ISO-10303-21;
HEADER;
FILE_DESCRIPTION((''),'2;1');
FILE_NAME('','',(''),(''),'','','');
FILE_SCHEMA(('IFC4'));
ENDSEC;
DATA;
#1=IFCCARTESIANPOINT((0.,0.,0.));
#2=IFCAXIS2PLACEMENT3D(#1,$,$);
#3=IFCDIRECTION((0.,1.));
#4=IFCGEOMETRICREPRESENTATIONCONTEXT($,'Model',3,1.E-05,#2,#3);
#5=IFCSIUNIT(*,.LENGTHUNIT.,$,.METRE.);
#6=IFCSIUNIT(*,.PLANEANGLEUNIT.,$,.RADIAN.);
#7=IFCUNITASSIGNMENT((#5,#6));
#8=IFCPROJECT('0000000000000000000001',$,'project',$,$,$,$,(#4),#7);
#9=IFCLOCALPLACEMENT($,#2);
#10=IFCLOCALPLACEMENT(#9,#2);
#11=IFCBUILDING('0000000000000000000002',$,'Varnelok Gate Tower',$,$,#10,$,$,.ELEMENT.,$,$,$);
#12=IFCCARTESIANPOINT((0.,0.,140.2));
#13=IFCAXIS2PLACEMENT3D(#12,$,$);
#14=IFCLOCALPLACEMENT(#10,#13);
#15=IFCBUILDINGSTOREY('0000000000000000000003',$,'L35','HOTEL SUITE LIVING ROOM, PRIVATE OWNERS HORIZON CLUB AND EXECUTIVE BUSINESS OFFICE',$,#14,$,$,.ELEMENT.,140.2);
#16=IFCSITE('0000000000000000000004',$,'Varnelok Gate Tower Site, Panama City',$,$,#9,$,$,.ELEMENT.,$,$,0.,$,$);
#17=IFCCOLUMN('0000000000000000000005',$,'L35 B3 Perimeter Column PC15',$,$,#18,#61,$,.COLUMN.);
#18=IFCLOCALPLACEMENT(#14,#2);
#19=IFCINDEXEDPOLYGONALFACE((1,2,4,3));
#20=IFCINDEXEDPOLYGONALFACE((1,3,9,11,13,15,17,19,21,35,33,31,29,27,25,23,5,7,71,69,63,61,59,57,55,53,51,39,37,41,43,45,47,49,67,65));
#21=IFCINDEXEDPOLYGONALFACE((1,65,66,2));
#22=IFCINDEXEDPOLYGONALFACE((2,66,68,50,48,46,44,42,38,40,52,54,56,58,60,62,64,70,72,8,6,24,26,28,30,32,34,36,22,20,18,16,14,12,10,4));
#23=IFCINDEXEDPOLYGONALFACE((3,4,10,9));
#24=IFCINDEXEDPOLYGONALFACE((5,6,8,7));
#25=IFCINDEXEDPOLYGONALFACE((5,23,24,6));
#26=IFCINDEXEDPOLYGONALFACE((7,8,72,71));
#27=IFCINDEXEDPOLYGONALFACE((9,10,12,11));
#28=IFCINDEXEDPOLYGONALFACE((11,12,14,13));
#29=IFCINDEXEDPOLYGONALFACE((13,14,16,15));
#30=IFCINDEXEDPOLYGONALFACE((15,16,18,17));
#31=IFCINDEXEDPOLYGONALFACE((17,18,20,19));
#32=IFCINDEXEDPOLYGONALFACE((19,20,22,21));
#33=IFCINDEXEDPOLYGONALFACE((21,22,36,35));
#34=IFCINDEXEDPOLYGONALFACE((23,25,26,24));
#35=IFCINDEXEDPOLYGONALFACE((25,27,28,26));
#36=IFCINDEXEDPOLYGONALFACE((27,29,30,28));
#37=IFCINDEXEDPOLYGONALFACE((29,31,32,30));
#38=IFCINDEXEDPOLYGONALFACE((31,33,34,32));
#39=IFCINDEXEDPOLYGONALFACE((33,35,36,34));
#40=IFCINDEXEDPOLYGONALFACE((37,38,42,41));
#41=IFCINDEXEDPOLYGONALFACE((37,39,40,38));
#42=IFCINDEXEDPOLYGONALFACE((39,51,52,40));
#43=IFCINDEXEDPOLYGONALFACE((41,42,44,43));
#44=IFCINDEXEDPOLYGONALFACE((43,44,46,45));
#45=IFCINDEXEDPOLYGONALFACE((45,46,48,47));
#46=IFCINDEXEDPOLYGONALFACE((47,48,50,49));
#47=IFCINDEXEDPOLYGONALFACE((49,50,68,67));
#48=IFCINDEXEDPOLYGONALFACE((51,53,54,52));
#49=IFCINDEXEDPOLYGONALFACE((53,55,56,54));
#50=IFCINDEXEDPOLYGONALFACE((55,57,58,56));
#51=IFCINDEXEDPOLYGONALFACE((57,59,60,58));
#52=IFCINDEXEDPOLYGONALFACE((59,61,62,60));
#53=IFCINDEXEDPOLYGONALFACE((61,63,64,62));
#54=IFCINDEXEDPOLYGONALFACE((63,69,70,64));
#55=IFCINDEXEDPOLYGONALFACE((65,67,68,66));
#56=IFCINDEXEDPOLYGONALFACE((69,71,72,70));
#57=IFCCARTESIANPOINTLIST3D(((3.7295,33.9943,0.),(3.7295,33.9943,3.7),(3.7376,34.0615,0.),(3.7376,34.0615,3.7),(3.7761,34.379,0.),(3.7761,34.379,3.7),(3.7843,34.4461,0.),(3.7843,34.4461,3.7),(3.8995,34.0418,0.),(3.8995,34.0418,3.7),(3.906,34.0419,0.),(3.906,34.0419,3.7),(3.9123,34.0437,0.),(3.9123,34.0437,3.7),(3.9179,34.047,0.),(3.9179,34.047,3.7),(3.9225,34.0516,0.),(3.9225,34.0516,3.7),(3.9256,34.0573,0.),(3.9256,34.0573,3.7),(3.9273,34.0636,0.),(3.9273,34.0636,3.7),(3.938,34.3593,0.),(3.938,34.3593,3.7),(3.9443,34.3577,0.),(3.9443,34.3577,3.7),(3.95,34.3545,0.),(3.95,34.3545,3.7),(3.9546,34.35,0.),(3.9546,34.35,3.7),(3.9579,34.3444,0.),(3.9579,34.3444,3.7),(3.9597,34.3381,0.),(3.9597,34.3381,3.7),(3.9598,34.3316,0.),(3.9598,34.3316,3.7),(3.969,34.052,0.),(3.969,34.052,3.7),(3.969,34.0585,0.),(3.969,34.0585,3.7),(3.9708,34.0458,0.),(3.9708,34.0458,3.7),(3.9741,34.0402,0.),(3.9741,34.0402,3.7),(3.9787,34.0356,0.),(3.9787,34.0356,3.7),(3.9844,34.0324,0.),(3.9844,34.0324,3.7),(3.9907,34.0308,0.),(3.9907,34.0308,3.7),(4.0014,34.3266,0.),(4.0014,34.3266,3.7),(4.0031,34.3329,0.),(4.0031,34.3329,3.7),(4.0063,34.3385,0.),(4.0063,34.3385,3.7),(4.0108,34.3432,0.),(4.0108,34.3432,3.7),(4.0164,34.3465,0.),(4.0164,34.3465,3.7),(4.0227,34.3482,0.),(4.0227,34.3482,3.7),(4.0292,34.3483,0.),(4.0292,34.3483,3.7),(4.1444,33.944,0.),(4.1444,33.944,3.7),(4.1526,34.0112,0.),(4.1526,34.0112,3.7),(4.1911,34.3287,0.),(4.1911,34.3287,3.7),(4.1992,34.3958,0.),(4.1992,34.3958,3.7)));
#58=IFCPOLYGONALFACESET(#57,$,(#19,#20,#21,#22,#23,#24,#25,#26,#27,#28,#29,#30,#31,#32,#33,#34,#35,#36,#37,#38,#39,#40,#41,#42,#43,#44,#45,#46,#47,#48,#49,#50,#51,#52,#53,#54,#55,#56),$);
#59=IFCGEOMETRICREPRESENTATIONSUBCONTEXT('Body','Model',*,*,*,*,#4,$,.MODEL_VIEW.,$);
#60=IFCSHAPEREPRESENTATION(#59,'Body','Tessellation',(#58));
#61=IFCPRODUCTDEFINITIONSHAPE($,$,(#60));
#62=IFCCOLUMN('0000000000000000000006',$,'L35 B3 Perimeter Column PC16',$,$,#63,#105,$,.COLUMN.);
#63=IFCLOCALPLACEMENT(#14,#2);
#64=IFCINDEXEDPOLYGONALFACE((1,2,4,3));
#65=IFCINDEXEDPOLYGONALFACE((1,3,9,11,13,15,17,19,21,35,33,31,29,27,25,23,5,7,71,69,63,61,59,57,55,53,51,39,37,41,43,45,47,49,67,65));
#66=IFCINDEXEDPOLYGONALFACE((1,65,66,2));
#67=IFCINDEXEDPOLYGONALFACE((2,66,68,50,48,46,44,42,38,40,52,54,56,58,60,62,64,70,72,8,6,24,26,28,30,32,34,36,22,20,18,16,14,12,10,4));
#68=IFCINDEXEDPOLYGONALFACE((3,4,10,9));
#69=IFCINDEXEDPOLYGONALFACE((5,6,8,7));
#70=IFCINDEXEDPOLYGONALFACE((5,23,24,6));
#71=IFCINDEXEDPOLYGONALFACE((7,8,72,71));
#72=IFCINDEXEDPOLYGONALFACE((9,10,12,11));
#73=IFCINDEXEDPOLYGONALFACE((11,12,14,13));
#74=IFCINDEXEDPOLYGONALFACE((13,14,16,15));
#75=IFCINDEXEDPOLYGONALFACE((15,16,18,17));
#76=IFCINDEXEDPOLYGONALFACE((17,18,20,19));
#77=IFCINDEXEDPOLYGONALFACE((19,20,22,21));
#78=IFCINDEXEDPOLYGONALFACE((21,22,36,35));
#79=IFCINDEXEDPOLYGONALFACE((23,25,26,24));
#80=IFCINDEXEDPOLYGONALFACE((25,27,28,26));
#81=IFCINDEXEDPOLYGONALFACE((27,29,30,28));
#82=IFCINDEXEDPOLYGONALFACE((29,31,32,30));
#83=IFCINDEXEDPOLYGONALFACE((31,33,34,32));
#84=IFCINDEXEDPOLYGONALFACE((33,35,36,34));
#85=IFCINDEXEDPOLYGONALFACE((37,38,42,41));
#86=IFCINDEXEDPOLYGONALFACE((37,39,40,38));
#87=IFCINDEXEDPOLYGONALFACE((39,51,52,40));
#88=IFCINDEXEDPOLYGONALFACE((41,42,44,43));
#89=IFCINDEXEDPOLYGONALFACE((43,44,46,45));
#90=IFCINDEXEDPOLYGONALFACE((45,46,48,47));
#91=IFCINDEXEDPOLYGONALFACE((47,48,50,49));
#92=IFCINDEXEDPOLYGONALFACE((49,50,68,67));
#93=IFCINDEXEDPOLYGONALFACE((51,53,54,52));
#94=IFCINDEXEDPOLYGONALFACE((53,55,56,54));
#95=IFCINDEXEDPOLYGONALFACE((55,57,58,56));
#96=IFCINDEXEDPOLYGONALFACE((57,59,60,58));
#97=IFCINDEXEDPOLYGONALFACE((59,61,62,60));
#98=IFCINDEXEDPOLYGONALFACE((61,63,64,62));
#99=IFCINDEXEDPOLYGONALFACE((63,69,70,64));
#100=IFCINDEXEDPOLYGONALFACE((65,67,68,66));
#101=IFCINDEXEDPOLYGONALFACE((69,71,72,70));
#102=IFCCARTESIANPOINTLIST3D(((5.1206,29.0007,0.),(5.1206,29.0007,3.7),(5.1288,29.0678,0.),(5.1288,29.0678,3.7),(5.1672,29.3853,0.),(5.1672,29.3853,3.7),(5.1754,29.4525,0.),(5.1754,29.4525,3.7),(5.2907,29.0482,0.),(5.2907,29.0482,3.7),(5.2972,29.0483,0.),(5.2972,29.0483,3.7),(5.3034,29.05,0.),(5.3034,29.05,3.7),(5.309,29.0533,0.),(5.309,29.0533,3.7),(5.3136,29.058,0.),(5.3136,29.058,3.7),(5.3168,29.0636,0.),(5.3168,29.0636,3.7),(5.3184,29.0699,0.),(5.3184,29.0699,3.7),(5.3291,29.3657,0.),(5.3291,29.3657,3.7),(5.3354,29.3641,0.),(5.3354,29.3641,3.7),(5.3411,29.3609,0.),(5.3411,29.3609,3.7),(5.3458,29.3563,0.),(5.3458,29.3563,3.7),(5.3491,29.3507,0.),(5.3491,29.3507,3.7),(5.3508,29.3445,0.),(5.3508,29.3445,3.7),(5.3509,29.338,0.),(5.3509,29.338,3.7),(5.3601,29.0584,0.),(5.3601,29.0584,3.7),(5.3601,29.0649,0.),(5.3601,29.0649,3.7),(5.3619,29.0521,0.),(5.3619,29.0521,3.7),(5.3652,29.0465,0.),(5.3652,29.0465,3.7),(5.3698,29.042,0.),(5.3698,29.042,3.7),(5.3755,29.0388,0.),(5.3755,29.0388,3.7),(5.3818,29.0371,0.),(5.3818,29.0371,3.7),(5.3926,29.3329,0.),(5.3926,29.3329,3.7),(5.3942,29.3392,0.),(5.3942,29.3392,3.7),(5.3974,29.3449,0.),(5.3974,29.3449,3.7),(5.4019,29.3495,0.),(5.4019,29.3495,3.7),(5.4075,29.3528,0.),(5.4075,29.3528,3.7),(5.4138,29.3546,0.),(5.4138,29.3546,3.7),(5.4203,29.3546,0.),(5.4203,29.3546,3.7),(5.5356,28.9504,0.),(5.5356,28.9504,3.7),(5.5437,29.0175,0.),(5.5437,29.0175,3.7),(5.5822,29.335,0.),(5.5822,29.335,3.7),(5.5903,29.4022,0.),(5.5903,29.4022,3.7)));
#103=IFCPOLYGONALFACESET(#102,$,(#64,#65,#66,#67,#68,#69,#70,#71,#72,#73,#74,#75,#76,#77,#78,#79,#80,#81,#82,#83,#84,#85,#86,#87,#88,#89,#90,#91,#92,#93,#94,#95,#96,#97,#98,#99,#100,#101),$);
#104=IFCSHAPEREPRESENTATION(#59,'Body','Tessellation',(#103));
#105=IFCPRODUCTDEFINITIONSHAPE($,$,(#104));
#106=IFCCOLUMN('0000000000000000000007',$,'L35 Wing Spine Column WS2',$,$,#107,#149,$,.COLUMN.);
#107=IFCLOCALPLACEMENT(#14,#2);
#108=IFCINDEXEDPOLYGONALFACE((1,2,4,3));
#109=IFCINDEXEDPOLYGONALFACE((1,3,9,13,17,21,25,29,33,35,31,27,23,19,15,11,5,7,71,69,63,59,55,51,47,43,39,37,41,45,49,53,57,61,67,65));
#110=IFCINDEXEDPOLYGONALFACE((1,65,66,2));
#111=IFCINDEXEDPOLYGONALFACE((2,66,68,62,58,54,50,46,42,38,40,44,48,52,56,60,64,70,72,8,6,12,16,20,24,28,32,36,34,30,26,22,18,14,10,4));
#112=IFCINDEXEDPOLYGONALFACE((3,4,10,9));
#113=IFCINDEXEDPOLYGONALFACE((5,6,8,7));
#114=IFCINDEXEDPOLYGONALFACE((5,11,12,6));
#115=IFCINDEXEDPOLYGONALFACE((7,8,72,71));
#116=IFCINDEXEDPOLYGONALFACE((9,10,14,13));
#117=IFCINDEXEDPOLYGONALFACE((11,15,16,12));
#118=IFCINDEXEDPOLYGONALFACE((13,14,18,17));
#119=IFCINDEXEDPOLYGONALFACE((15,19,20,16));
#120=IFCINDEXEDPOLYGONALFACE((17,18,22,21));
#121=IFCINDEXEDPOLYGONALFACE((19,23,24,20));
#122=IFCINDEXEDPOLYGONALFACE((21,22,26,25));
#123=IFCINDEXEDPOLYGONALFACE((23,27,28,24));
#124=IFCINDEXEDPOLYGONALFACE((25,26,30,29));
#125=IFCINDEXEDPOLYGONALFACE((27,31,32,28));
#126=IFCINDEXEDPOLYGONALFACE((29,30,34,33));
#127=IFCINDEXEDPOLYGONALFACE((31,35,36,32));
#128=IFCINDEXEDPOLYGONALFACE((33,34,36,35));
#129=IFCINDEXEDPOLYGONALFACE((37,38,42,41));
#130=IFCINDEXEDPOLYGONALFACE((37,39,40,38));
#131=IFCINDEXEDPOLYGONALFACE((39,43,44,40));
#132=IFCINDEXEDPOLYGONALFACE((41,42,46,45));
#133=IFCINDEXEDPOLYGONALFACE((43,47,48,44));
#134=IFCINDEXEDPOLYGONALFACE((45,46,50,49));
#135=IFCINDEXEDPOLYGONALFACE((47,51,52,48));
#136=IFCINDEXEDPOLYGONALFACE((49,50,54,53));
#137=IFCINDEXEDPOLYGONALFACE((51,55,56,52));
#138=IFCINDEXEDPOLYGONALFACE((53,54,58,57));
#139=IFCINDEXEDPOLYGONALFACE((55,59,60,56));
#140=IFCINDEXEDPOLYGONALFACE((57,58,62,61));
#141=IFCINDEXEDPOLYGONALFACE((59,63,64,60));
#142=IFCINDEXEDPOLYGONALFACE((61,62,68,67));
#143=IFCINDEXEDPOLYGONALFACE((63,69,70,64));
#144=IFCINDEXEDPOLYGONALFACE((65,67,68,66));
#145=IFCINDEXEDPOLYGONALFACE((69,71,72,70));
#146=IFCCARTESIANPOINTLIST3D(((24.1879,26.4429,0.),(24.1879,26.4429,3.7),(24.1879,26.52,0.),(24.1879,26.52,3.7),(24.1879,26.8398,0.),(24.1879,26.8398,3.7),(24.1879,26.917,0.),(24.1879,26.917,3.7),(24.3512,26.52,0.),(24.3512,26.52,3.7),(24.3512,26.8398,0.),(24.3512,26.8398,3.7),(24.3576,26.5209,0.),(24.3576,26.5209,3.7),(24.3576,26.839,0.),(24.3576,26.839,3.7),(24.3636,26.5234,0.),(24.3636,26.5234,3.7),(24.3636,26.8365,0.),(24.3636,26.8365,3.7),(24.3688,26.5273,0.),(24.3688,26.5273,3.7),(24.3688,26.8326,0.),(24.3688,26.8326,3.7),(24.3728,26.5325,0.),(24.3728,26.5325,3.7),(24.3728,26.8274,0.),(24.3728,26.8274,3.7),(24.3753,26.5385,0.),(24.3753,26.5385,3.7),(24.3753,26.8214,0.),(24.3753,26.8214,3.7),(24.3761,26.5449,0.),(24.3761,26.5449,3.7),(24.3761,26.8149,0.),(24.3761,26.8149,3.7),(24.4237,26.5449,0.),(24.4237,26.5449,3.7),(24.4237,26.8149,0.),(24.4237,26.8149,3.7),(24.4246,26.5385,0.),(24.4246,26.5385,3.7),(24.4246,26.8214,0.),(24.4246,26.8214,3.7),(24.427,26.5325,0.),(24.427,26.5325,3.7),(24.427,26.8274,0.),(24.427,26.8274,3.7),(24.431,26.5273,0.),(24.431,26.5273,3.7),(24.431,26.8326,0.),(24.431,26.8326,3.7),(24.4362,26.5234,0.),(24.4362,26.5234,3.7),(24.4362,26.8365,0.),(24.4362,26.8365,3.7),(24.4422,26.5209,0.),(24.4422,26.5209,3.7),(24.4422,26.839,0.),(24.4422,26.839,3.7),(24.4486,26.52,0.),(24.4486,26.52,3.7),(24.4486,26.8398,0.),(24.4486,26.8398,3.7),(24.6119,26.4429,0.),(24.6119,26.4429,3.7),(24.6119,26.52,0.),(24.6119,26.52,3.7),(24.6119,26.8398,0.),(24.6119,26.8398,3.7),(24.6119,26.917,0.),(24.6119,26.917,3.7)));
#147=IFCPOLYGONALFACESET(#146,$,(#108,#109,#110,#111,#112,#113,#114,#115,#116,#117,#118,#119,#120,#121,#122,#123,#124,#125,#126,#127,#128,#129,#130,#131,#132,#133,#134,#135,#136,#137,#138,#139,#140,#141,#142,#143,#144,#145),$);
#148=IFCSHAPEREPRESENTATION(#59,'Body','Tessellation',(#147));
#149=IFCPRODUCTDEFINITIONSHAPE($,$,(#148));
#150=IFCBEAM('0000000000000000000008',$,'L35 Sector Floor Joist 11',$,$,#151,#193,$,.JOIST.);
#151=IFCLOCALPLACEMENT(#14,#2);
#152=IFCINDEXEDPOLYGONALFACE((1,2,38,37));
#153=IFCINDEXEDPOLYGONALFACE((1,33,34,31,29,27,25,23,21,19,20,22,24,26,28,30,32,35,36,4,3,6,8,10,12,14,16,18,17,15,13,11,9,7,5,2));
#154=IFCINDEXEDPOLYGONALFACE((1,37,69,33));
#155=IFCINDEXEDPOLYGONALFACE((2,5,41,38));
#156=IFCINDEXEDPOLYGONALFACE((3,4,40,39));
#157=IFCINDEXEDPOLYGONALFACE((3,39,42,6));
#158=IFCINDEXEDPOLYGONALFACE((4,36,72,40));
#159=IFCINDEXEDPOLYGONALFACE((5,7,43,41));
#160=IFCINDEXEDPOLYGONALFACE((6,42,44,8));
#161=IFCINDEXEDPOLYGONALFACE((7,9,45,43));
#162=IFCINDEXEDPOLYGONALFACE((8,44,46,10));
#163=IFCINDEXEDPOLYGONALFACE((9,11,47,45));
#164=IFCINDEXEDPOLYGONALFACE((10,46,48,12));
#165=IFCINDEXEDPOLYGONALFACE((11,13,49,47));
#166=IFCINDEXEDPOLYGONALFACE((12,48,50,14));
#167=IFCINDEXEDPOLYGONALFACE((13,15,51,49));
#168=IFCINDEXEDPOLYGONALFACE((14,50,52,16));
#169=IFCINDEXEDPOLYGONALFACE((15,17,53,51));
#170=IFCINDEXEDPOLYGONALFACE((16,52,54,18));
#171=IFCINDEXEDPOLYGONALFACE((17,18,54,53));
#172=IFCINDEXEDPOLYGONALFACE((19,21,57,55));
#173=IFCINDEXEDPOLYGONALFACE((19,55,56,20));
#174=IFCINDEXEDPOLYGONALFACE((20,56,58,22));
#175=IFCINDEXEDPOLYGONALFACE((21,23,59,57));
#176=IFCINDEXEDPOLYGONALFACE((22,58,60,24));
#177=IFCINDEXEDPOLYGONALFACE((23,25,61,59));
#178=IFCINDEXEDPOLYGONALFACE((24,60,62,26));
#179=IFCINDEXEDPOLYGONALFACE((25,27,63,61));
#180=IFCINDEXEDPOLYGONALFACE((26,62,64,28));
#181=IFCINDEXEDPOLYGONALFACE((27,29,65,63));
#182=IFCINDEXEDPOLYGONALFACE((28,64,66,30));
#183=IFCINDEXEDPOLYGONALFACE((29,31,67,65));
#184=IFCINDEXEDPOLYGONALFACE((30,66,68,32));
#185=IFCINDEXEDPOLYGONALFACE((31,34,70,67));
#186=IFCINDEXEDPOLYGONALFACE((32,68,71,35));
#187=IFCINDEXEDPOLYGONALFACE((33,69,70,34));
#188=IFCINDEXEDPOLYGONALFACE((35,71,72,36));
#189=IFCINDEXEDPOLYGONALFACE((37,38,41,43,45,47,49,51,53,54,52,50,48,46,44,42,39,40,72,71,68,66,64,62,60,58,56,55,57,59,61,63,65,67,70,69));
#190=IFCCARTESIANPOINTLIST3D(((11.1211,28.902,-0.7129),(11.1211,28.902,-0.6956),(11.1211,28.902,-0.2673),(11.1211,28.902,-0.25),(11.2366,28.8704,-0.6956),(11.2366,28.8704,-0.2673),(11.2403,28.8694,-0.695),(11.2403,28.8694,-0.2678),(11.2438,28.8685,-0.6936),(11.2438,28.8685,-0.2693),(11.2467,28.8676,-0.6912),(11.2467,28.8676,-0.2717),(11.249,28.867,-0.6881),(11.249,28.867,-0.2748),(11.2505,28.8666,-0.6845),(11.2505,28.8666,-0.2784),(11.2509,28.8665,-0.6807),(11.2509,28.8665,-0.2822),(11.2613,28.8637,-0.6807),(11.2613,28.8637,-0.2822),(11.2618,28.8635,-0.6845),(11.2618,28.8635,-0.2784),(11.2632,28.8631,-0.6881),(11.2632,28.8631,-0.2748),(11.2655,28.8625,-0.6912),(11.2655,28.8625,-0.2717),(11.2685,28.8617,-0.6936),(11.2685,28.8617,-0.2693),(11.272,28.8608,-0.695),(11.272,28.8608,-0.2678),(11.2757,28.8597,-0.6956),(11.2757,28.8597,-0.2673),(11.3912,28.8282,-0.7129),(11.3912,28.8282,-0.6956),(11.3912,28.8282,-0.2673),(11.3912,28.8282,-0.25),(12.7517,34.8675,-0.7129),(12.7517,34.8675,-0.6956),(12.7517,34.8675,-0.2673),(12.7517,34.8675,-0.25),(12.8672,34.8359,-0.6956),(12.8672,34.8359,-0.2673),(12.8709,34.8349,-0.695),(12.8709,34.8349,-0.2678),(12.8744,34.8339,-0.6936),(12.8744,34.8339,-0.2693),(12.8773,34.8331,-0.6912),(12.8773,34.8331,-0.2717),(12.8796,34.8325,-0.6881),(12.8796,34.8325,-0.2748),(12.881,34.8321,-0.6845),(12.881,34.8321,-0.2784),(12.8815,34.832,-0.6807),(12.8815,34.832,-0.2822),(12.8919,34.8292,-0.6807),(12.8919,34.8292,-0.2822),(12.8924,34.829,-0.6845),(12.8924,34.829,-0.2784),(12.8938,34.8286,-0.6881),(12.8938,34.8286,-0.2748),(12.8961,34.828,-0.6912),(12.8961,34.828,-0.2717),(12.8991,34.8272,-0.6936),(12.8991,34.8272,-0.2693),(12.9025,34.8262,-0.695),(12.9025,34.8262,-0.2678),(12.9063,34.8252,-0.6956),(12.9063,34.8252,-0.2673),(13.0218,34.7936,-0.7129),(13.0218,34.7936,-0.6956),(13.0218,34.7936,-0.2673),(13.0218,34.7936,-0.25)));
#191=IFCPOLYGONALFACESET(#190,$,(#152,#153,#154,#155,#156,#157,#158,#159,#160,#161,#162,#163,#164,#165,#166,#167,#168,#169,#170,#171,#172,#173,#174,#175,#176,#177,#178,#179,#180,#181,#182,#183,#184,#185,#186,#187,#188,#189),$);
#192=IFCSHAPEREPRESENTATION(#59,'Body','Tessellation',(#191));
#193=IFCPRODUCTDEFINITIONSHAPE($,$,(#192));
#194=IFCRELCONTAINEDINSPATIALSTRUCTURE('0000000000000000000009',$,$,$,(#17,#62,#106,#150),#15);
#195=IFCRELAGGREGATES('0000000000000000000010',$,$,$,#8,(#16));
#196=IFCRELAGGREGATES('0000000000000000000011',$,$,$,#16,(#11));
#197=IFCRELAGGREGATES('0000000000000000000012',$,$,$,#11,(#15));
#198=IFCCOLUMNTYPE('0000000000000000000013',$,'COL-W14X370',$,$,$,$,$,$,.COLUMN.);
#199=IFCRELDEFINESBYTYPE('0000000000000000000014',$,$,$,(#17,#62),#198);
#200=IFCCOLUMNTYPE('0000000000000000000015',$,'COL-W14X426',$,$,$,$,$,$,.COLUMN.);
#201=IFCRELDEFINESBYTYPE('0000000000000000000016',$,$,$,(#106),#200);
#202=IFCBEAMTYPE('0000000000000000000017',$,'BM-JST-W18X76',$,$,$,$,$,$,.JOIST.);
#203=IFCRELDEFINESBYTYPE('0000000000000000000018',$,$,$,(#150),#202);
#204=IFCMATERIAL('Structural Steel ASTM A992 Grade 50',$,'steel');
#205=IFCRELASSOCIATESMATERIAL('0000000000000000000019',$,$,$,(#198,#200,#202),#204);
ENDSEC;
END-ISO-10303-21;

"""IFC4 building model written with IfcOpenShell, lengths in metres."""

from ifc_helpers import new_model, si_unit, direction, frame, origin, origin_2d, place, context, subcontext, project, spatial, i_section, extrude, material, material_profile, profile_set, type_object, element, save


model = new_model("IFC4")

# Units and contexts
model_context = context("Model", 3, precision=1e-05, world=origin(), true_north=direction((0.0, 1.0)))
body_context = subcontext(model_context, "Body", "Model", "MODEL_VIEW")
ifc_project = project(units=[si_unit("LENGTHUNIT", "METRE"), si_unit("PLANEANGLEUNIT", "RADIAN")], contexts=[model_context])

# Site, building, storey
site_placement = place(None, origin())
site = spatial("IfcSite", under=ifc_project, at=site_placement, Name="Varnelok Gate Tower Site, Panama City", CompositionType="ELEMENT", RefElevation=0.0)
building_placement = place(site_placement, origin())
building = spatial("IfcBuilding", under=site, at=building_placement, Name="Varnelok Gate Tower", CompositionType="ELEMENT")
storey_placement = place(building_placement, frame((0.0, 0.0, 140.2)))
storey = spatial("IfcBuildingStorey", under=building, at=storey_placement, Name="L35", Description="HOTEL SUITE LIVING ROOM, PRIVATE OWNERS HORIZON CLUB AND EXECUTIVE BUSINESS OFFICE", CompositionType="ELEMENT", Elevation=140.2)

# Columns
ifc_material_1 = material(Name="Structural Steel ASTM A992 Grade 50", Category="steel")
ifc_material_profile_1 = material_profile(ifc_material_1, i_section(OverallWidth=0.418, OverallDepth=0.4551, WebThickness=0.042, FlangeThickness=0.0676, FilletRadius=0.0249, at=origin_2d()), Name="W14X370")
ifc_profile_set_1 = profile_set([ifc_material_profile_1], Name="Structural Steel ASTM A992 Grade 50")
column_type_1 = type_object("IfcColumnType", Name="COL-W14X370", PredefinedType="COLUMN", material=ifc_profile_set_1)
for number, where, z_axis, x_axis, name in (
    (1, (3.9644, 34.1951, 0.0), (0.0, 0.0, 1.0), (0.992732, -0.120345, 0.0), "L35 B3 Perimeter Column PC15"),
    (2, (5.3555, 29.2014, 0.0), (0.0, 0.0, 1.0), (0.992732, -0.120345, 0.0), "L35 B3 Perimeter Column PC16"),
):
    element("IfcColumn", number, at=place(storey_placement, frame(where, z_axis=z_axis, x_axis=x_axis)), inside=storey, type_object=column_type_1, Name=name, PredefinedType="COLUMN", context=body_context, shape_type="SweptSolid", body=[
        extrude(i_section(OverallWidth=0.418, OverallDepth=0.4551, WebThickness=0.042, FlangeThickness=0.0676, FilletRadius=0.0249, at=origin_2d()), origin(), (0.0, 0.0, 1.0), 3.7),
    ])
ifc_material_profile_2 = material_profile(ifc_material_1, i_section(OverallWidth=0.4241, OverallDepth=0.4741, WebThickness=0.0476, FlangeThickness=0.0771, FilletRadius=0.0249, at=origin_2d()), Name="W14X426")
ifc_profile_set_2 = profile_set([ifc_material_profile_2], Name="Structural Steel ASTM A992 Grade 50")
column_type_2 = type_object("IfcColumnType", Name="COL-W14X426", PredefinedType="COLUMN", material=ifc_profile_set_2)
column_placement = place(storey_placement, frame((24.3999, 26.6799, 0.0), z_axis=(0.0, 0.0, 1.0), x_axis=(1.0, 0.0, 0.0)))
element("IfcColumn", 3, at=column_placement, inside=storey, type_object=column_type_2, Name="L35 Wing Spine Column WS2", PredefinedType="COLUMN", context=body_context, shape_type="SweptSolid", body=[
    extrude(i_section(OverallWidth=0.4241, OverallDepth=0.4741, WebThickness=0.0476, FlangeThickness=0.0771, FilletRadius=0.0249, at=origin_2d()), origin(), (0.0, 0.0, 1.0), 3.7),
])

# Beam
ifc_material_profile_3 = material_profile(ifc_material_1, i_section(OverallWidth=0.28, OverallDepth=0.4629, WebThickness=0.0107, FlangeThickness=0.0173, FilletRadius=0.0149, at=origin_2d()), Name="W18X76")
ifc_profile_set_3 = profile_set([ifc_material_profile_3], Name="Structural Steel ASTM A992 Grade 50")
beam_type_1 = type_object("IfcBeamType", Name="BM-JST-W18X76", PredefinedType="JOIST", material=ifc_profile_set_3)
beam_1_placement = place(storey_placement, frame((12.8867, 34.8306, -0.4814), z_axis=(-0.263665, -0.964614, 0.0), x_axis=(0.964614, -0.263665, 0.0)))
element("IfcBeam", 4, at=beam_1_placement, inside=storey, type_object=beam_type_1, Name="L35 Sector Floor Joist 11", PredefinedType="JOIST", context=body_context, shape_type="SweptSolid", body=[
    extrude(i_section(OverallWidth=0.28, OverallDepth=0.4629, WebThickness=0.0107, FlangeThickness=0.0173, FilletRadius=0.0149, at=origin_2d()), origin(), (0.0, 0.0, 1.0), 6.1843),
])

save(model, "model.ifc")
